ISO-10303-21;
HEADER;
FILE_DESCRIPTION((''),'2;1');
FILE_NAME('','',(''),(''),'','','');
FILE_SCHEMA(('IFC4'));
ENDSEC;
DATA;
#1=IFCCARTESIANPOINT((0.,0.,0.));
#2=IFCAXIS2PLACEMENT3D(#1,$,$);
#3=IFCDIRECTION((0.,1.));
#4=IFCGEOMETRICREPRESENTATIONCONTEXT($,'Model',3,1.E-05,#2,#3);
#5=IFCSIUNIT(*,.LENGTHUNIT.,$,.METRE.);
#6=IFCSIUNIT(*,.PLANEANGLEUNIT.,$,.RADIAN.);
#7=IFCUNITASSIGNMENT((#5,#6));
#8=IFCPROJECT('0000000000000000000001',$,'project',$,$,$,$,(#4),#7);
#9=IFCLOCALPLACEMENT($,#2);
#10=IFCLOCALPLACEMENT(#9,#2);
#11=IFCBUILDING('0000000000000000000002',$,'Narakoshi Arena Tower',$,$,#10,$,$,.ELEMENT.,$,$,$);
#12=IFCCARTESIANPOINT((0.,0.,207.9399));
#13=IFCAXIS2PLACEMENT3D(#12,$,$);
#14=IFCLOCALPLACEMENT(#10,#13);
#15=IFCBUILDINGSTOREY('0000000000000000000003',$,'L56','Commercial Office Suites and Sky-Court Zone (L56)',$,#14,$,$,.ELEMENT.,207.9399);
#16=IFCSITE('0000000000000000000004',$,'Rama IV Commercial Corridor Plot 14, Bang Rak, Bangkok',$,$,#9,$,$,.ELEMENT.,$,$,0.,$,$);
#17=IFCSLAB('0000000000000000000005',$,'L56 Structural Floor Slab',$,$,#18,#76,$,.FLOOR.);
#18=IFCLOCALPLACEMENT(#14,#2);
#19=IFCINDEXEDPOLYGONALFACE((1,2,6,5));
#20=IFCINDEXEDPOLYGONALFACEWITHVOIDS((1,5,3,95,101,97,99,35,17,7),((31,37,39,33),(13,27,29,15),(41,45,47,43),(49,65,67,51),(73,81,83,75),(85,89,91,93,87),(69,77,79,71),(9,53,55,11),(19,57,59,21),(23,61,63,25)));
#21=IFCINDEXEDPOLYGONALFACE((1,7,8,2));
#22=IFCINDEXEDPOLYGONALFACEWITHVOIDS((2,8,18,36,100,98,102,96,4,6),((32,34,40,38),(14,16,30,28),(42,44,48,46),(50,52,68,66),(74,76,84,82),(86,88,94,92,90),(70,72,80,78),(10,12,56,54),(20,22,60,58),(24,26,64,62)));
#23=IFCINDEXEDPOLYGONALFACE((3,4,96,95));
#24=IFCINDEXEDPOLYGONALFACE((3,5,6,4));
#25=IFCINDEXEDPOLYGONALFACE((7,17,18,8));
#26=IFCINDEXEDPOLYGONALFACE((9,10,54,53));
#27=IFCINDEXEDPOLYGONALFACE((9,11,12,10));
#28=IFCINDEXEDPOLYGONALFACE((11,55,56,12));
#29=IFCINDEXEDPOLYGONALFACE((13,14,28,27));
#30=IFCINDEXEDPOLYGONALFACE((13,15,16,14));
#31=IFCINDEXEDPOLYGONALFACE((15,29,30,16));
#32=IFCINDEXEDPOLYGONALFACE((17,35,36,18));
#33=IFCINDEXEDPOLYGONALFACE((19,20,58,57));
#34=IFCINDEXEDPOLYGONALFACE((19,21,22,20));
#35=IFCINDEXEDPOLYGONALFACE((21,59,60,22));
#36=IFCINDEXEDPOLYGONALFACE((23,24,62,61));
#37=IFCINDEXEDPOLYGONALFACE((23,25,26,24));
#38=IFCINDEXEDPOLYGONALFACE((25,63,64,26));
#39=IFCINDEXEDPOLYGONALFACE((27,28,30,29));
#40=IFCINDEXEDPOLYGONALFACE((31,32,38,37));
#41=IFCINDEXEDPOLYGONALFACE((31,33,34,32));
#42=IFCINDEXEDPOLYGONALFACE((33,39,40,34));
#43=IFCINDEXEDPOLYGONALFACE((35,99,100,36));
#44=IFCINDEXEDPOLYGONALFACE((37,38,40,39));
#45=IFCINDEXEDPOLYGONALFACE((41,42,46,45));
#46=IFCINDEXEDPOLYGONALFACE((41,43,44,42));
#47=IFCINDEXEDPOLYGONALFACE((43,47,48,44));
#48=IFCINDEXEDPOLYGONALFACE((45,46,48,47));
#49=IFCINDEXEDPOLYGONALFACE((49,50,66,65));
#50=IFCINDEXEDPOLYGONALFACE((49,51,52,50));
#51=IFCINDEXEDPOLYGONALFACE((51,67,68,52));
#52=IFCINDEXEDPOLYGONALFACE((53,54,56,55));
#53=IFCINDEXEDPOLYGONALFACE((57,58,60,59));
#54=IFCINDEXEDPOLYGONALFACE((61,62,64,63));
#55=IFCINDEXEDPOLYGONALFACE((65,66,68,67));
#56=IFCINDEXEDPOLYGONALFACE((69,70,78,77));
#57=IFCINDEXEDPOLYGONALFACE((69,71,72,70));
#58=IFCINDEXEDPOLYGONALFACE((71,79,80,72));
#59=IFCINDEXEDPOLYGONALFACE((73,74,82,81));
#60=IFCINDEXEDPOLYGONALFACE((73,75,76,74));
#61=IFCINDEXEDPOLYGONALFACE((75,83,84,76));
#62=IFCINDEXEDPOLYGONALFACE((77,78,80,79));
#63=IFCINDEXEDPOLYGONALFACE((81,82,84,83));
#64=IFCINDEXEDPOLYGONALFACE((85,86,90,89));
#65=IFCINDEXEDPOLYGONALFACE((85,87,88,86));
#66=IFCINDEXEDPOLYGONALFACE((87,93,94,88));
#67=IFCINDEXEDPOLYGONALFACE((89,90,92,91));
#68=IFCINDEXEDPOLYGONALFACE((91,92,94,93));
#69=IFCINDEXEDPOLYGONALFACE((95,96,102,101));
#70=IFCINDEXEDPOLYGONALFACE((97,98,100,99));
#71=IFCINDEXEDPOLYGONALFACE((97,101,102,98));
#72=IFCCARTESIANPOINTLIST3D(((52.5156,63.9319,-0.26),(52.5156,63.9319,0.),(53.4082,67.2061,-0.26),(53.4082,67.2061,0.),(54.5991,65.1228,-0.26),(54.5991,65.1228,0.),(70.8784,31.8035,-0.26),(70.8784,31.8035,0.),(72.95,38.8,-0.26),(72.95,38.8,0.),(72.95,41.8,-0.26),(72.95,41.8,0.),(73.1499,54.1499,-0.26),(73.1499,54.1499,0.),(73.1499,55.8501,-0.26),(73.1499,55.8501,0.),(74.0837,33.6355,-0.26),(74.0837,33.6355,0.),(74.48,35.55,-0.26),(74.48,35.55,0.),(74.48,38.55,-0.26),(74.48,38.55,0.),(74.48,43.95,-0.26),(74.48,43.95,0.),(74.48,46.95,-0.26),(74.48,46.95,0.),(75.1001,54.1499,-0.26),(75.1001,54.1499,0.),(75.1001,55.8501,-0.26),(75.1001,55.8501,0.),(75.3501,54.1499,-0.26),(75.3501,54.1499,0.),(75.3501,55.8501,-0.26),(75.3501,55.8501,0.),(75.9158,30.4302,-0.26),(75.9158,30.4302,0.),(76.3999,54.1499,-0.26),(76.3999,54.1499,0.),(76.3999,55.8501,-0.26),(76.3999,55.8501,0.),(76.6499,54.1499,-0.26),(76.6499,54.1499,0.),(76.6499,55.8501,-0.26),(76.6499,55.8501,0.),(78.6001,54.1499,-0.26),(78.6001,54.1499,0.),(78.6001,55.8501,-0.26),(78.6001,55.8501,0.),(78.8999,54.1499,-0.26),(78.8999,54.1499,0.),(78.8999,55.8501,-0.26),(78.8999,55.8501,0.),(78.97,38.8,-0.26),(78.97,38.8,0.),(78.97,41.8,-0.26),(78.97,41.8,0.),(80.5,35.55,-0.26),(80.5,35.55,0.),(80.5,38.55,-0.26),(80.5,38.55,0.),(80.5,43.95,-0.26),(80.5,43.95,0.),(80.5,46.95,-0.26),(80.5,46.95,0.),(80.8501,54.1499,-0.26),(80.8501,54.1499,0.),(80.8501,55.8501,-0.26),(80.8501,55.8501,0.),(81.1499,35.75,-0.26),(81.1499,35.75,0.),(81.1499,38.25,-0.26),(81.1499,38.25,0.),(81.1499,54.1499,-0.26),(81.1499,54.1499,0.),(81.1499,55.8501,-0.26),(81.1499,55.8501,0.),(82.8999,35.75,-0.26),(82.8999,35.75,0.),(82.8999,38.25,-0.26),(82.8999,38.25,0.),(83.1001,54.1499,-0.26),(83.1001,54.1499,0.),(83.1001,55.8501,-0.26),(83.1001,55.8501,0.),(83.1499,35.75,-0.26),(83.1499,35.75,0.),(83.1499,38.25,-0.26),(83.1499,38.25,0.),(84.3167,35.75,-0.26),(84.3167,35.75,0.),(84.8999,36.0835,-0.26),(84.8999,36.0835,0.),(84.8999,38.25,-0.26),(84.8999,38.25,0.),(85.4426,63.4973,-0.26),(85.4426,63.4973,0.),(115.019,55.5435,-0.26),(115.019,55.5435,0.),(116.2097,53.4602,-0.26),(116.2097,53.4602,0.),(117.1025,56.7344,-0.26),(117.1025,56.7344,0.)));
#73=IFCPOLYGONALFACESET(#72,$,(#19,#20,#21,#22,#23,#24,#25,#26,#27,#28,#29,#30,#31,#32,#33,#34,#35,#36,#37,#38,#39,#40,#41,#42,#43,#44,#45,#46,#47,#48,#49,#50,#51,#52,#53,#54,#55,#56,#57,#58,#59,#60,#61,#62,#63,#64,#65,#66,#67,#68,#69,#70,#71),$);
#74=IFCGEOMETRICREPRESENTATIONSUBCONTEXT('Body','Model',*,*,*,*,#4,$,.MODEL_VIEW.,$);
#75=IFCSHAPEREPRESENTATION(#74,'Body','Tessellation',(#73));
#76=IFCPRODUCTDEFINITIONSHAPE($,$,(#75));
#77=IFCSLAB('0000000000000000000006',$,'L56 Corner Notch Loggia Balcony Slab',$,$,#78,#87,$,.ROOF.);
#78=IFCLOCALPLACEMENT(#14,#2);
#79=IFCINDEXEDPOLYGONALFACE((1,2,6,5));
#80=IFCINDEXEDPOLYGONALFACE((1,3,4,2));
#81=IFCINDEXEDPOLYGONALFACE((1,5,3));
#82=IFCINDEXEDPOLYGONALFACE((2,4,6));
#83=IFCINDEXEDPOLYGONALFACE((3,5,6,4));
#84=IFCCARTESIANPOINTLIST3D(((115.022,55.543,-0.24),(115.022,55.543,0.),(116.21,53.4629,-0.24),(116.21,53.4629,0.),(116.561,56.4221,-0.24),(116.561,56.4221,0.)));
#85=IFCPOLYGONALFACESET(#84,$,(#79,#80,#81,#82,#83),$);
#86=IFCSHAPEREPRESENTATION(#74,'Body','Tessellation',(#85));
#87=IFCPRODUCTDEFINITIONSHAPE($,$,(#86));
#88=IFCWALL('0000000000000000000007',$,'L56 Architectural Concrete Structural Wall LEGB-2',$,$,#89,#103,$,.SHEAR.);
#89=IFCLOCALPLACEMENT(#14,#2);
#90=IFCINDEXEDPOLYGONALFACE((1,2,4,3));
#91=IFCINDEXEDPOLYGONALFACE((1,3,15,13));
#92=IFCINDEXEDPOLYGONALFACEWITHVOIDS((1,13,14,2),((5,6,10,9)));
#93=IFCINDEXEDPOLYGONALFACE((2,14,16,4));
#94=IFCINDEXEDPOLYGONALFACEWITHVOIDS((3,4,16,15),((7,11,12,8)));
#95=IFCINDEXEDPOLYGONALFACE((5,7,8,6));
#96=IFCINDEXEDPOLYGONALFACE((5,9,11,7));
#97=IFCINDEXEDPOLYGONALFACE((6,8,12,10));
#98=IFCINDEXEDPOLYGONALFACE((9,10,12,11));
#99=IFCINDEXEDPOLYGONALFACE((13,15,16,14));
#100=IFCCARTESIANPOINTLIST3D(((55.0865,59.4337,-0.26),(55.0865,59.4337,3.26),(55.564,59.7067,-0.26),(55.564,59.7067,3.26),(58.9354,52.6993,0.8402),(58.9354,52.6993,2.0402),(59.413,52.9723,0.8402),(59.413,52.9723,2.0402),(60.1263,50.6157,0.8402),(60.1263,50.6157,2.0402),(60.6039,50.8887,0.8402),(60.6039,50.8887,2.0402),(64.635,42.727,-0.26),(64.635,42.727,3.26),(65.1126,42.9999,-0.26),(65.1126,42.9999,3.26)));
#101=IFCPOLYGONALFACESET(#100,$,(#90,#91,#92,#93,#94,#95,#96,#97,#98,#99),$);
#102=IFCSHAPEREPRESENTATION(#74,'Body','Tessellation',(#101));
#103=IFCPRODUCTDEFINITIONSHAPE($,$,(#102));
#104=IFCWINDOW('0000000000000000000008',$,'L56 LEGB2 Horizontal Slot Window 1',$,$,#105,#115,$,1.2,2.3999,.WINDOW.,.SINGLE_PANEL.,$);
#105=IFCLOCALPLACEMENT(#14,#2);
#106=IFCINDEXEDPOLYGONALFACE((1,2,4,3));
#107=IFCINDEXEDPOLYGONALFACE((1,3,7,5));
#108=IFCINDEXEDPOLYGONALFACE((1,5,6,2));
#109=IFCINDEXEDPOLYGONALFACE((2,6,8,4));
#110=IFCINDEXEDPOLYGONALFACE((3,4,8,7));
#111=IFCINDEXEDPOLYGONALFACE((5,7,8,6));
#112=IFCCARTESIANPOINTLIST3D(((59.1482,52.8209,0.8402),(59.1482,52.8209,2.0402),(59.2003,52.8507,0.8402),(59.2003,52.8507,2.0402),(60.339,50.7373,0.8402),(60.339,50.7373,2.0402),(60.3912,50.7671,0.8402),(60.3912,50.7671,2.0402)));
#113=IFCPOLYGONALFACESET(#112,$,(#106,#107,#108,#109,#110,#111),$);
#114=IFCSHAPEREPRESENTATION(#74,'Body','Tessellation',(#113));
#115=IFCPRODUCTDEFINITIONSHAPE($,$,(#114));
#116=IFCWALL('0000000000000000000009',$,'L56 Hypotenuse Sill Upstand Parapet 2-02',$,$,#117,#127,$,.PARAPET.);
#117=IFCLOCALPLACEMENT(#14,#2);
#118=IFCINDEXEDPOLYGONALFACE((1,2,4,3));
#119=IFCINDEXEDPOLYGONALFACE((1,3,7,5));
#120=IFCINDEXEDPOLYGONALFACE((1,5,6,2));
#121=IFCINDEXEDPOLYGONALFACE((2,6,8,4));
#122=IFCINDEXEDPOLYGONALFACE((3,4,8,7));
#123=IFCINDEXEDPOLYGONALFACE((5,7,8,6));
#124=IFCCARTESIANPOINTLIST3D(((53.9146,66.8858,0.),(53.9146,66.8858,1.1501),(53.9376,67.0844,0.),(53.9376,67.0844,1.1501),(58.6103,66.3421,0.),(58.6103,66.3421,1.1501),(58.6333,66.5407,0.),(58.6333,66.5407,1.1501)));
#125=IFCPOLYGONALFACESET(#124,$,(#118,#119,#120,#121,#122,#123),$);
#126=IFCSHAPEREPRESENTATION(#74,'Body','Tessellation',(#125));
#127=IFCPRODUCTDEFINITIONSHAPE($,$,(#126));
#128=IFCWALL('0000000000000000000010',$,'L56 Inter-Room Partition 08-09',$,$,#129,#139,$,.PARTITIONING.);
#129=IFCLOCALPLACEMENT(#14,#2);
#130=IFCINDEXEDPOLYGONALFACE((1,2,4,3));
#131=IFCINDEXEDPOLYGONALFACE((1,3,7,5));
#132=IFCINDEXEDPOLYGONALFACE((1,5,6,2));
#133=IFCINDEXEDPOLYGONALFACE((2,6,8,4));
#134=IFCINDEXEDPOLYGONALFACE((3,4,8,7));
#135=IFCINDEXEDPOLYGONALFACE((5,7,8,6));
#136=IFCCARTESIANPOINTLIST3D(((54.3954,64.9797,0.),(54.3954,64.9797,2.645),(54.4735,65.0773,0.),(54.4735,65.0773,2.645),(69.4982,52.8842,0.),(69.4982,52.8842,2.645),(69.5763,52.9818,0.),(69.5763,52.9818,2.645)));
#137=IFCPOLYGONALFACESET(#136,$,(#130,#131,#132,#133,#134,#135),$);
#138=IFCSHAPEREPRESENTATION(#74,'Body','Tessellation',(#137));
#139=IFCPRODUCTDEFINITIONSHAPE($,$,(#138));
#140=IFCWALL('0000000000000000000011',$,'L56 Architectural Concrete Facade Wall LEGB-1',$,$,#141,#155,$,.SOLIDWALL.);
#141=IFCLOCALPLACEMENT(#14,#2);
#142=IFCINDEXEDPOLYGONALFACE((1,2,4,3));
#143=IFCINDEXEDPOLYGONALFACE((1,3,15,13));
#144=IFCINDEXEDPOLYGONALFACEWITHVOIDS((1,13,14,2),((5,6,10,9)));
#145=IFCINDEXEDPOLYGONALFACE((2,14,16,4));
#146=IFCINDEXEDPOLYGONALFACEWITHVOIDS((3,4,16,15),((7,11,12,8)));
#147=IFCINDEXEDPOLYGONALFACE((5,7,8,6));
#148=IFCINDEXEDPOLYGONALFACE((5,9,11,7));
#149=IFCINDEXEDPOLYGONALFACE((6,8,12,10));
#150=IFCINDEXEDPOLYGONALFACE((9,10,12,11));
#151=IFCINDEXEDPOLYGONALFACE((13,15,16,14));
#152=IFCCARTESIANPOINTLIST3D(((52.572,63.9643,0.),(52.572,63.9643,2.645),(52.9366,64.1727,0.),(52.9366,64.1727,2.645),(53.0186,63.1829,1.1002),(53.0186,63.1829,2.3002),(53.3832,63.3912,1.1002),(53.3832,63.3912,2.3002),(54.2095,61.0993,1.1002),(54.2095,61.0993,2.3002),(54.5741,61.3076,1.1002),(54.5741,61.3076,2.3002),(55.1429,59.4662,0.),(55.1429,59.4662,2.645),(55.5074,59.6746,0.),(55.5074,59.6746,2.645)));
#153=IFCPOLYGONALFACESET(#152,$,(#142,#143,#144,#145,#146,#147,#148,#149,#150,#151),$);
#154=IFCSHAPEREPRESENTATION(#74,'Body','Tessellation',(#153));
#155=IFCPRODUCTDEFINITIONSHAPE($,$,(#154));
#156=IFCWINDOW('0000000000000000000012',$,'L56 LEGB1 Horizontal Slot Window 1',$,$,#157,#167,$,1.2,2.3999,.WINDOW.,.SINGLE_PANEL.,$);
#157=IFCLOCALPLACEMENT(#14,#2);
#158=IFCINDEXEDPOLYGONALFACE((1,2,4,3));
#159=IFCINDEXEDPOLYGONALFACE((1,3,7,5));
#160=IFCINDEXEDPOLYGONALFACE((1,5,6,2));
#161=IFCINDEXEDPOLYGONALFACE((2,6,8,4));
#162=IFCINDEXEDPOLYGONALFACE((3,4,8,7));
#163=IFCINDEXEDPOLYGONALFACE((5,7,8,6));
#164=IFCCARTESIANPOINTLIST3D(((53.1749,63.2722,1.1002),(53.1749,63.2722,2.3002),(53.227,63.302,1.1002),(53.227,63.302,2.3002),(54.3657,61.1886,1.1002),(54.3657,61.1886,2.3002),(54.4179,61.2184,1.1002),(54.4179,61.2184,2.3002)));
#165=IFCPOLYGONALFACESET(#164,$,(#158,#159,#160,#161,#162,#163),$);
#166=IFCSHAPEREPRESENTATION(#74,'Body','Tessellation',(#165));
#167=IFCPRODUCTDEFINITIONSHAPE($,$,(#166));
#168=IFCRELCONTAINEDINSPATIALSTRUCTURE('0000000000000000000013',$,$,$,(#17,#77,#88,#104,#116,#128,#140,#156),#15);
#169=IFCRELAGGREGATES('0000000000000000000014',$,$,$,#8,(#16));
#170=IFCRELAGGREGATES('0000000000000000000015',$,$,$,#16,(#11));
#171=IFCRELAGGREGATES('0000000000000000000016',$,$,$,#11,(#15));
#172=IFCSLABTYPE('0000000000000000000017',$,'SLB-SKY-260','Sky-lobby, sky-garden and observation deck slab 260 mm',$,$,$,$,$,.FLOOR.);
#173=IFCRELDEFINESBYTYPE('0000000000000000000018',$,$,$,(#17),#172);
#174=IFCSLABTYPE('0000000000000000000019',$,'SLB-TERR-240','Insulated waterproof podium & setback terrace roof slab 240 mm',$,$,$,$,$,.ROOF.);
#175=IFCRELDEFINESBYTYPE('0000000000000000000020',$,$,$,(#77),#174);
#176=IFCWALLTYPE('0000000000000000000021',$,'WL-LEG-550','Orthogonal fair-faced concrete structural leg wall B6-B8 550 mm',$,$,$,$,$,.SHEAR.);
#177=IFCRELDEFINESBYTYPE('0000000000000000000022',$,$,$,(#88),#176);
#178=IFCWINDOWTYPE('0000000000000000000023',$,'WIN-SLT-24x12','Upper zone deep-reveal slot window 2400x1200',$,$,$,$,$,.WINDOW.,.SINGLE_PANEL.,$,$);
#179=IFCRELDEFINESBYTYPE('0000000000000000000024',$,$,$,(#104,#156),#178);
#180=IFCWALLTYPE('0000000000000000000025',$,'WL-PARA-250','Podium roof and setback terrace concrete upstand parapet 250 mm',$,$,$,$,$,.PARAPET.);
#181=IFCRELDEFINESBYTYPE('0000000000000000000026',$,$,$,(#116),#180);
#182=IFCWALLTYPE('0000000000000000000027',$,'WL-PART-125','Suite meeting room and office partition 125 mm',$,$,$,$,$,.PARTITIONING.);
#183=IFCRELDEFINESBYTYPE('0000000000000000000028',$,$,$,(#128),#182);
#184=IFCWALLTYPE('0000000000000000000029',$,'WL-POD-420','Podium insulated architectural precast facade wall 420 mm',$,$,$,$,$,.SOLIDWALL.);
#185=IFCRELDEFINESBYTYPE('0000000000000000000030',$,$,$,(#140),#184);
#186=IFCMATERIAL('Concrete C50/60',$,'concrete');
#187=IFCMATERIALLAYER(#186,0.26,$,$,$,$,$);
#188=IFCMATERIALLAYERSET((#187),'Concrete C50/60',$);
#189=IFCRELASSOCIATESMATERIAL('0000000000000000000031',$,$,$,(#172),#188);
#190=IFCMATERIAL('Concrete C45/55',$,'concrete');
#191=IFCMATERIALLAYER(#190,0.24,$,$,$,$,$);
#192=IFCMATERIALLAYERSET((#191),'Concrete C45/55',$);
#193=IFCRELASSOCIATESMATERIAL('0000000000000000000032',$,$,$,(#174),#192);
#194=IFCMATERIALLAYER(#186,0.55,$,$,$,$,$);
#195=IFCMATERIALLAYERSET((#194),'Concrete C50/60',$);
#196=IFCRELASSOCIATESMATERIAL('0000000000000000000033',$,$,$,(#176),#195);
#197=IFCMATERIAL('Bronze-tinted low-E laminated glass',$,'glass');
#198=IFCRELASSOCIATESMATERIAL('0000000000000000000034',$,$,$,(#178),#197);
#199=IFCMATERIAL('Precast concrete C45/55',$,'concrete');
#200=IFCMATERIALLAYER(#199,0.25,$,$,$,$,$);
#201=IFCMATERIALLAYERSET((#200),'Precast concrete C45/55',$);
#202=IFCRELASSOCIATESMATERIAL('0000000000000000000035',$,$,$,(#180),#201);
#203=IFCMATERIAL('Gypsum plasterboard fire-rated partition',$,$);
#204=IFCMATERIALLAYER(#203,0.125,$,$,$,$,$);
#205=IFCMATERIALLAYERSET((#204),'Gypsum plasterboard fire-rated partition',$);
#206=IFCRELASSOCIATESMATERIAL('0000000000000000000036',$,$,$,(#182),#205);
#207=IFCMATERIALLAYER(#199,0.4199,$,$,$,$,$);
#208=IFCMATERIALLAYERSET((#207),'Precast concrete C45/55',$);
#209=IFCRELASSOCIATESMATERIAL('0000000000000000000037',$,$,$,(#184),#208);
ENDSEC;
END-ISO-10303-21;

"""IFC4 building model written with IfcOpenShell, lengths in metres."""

from ifc_helpers import new_model, si_unit, direction, frame, frame_2d, origin, place, context, subcontext, project, spatial, polyline, rectangle, outline, extrude, material, layer, layer_set, type_object, element, fill, save


model = new_model("IFC4")

# Units and contexts
model_context = context("Model", 3, precision=1e-05, world=origin(), true_north=direction((0.0, 1.0)))
body_context = subcontext(model_context, "Body", "Model", "MODEL_VIEW")
ifc_project = project(units=[si_unit("LENGTHUNIT", "METRE"), si_unit("PLANEANGLEUNIT", "RADIAN")], contexts=[model_context])

# Site, building, storey
site_placement = place(None, origin())
site = spatial("IfcSite", under=ifc_project, at=site_placement, Name="Rama IV Commercial Corridor Plot 14, Bang Rak, Bangkok", CompositionType="ELEMENT", RefElevation=0.0)
building_placement = place(site_placement, origin())
building = spatial("IfcBuilding", under=site, at=building_placement, Name="Narakoshi Arena Tower", CompositionType="ELEMENT")
storey_placement = place(building_placement, frame((0.0, 0.0, 207.9399)))
storey = spatial("IfcBuildingStorey", under=building, at=storey_placement, Name="L56", Description="Commercial Office Suites and Sky-Court Zone (L56)", CompositionType="ELEMENT", Elevation=207.9399)

# Shared definitions
ifc_material_1 = material(Name="Concrete C50/60", Category="concrete")

# Shared definitions
ifc_material_2 = material(Name="Bronze-tinted low-E laminated glass", Category="glass")

# Shared definitions
ifc_material_3 = material(Name="Concrete C45/55", Category="concrete")

# Slabs
ifc_layer_1 = layer(ifc_material_1, 0.26)
ifc_layer_set_1 = layer_set([ifc_layer_1], Name="Concrete C50/60")
slab_type_1 = type_object("IfcSlabType", Name="SLB-SKY-260", Description="Sky-lobby, sky-garden and observation deck slab 260 mm", PredefinedType="FLOOR", material=ifc_layer_set_1)
slab_1_placement = place(storey_placement, frame((0.0, 0.0, -0.26)))
element("IfcSlab", 1, at=slab_1_placement, inside=storey, type_object=slab_type_1, Name="L56 Structural Floor Slab", PredefinedType="FLOOR", context=body_context, shape_type="SweptSolid", body=[
    extrude(outline(polyline([(75.9158, 30.4302), (116.2097, 53.4602), (115.019, 55.5435), (117.1025, 56.7344), (85.4426, 63.4973), (53.4082, 67.2061), (54.5991, 65.1228), (52.5156, 63.9319), (70.8784, 31.8035), (74.0837, 33.6355), (75.9158, 30.4302)]), holes=[polyline([(80.5, 35.55), (74.48, 35.55), (74.48, 38.55), (80.5, 38.55), (80.5, 35.55)]), polyline([(82.8999, 35.75), (81.1499, 35.75), (81.1499, 38.25), (82.8999, 38.25), (82.8999, 35.75)]), polyline([(84.8999, 36.0835), (84.3167, 35.75), (83.1499, 35.75), (83.1499, 38.25), (84.8999, 38.25), (84.8999, 36.0835)]), polyline([(72.95, 38.8), (72.95, 41.8), (78.97, 41.8), (78.97, 38.8), (72.95, 38.8)]), polyline([(74.48, 43.95), (74.48, 46.95), (80.5, 46.95), (80.5, 43.95), (74.48, 43.95)]), polyline([(75.1001, 54.1499), (73.1499, 54.1499), (73.1499, 55.8501), (75.1001, 55.8501), (75.1001, 54.1499)]), polyline([(76.3999, 54.1499), (75.3501, 54.1499), (75.3501, 55.8501), (76.3999, 55.8501), (76.3999, 54.1499)]), polyline([(78.6001, 54.1499), (76.6499, 54.1499), (76.6499, 55.8501), (78.6001, 55.8501), (78.6001, 54.1499)]), polyline([(78.8999, 54.1499), (78.8999, 55.8501), (80.8501, 55.8501), (80.8501, 54.1499), (78.8999, 54.1499)]), polyline([(81.1499, 54.1499), (81.1499, 55.8501), (83.1001, 55.8501), (83.1001, 54.1499), (81.1499, 54.1499)])]), origin(), (0.0, 0.0, 1.0), 0.26),
])
ifc_layer_2 = layer(ifc_material_3, 0.24)
ifc_layer_set_2 = layer_set([ifc_layer_2], Name="Concrete C45/55")
slab_type_2 = type_object("IfcSlabType", Name="SLB-TERR-240", Description="Insulated waterproof podium & setback terrace roof slab 240 mm", PredefinedType="ROOF", material=ifc_layer_set_2)
slab_2_placement = place(storey_placement, frame((0.0, 0.0, -0.24)))
element("IfcSlab", 2, at=slab_2_placement, inside=storey, type_object=slab_type_2, Name="L56 Corner Notch Loggia Balcony Slab", PredefinedType="ROOF", context=body_context, shape_type="SweptSolid", body=[
    extrude(outline(polyline([(116.561, 56.4221), (115.022, 55.543), (116.21, 53.4629), (116.561, 56.4221)])), origin(), (0.0, 0.0, 1.0), 0.24),
])

# Wall, opening, window
ifc_layer_3 = layer(ifc_material_1, 0.55)
ifc_layer_set_3 = layer_set([ifc_layer_3], Name="Concrete C50/60")
wall_type_1 = type_object("IfcWallType", Name="WL-LEG-550", Description="Orthogonal fair-faced concrete structural leg wall B6-B8 550 mm", PredefinedType="SHEAR", material=ifc_layer_set_3)
wall_1_placement = place(storey_placement, frame((55.3252, 59.5703, -0.26), z_axis=(0.0, 0.0, 1.0), x_axis=(0.496211, -0.868202, 0.0)))
wall_1 = element("IfcWall", 3, at=wall_1_placement, inside=storey, type_object=wall_type_1, Name="L56 Architectural Concrete Structural Wall LEGB-2", PredefinedType="SHEAR", context=body_context, shape_type="SweptSolid", body=[
    extrude(rectangle(XDim=19.2429, YDim=0.55, at=frame_2d((9.6216, 0.0))), origin(), (0.0, 0.0, 1.0), 3.52),
])
opening_1_placement = place(wall_1_placement, frame((7.7568, 0.0, 1.1001)))
opening_1 = element("IfcOpeningElement", 4, at=opening_1_placement, cuts=wall_1, PredefinedType="OPENING", context=body_context, shape_type="SweptSolid", body=[
    extrude(rectangle(XDim=2.3999, YDim=1.2, at=frame_2d((1.2, 0.6001))), frame((0.0, 0.2849, 0.0), z_axis=(0.0, -1.0, 0.0), x_axis=(1.0, 0.0, 0.0)), (0.0, 0.0, 1.0), 0.5701),
])
window_type_1 = type_object("IfcWindowType", Name="WIN-SLT-24x12", Description="Upper zone deep-reveal slot window 2400x1200", PartitioningType="SINGLE_PANEL", PredefinedType="WINDOW", material=ifc_material_2)
window_1_placement = place(opening_1_placement, origin())
window_1 = element("IfcWindow", 5, at=window_1_placement, inside=storey, type_object=window_type_1, Name="L56 LEGB2 Horizontal Slot Window 1", OverallHeight=1.2, OverallWidth=2.3999, PartitioningType="SINGLE_PANEL", PredefinedType="WINDOW", context=body_context, shape_type="SweptSolid", body=[
    extrude(rectangle(XDim=2.3999, YDim=1.2, at=frame_2d((1.2, 0.6001))), frame((0.0, 0.03, 0.0), z_axis=(0.0, -1.0, 0.0), x_axis=(1.0, 0.0, 0.0)), (0.0, 0.0, 1.0), 0.0601),
])
fill(opening_1, window_1)

# Walls
ifc_material_4 = material(Name="Precast concrete C45/55", Category="concrete")
ifc_layer_4 = layer(ifc_material_4, 0.25)
ifc_layer_set_4 = layer_set([ifc_layer_4], Name="Precast concrete C45/55")
wall_type_2 = type_object("IfcWallType", Name="WL-PARA-250", Description="Podium roof and setback terrace concrete upstand parapet 250 mm", PredefinedType="PARAPET", material=ifc_layer_set_4)
wall_2_placement = place(storey_placement, frame((58.6218, 66.4414, 0.0), z_axis=(0.0, 0.0, 1.0), x_axis=(-0.993363, 0.115022, 0.0)))
element("IfcWall", 6, at=wall_2_placement, inside=storey, type_object=wall_type_2, Name="L56 Hypotenuse Sill Upstand Parapet 2-02", PredefinedType="PARAPET", context=body_context, shape_type="SweptSolid", body=[
    extrude(rectangle(XDim=4.7271, YDim=0.2, at=frame_2d((2.3635, 0.0))), origin(), (0.0, 0.0, 1.0), 1.1501),
])
ifc_material_5 = material(Name="Gypsum plasterboard fire-rated partition")
ifc_layer_5 = layer(ifc_material_5, 0.125)
ifc_layer_set_5 = layer_set([ifc_layer_5], Name="Gypsum plasterboard fire-rated partition")
wall_type_3 = type_object("IfcWallType", Name="WL-PART-125", Description="Suite meeting room and office partition 125 mm", PredefinedType="PARTITIONING", material=ifc_layer_set_5)
wall_3_placement = place(storey_placement, frame((54.4343, 65.0286, 0.0), z_axis=(0.0, 0.0, 1.0), x_axis=(0.780535, -0.625112, 0.0)))
element("IfcWall", 7, at=wall_3_placement, inside=storey, type_object=wall_type_3, Name="L56 Inter-Room Partition 08-09", PredefinedType="PARTITIONING", context=body_context, shape_type="SweptSolid", body=[
    extrude(rectangle(XDim=19.3494, YDim=0.125, at=frame_2d((9.6748, 0.0))), origin(), (0.0, 0.0, 1.0), 2.645),
])

# Wall, opening, window
ifc_layer_6 = layer(ifc_material_4, 0.4199)
ifc_layer_set_6 = layer_set([ifc_layer_6], Name="Precast concrete C45/55")
wall_type_4 = type_object("IfcWallType", Name="WL-POD-420", Description="Podium insulated architectural precast facade wall 420 mm", PredefinedType="SOLIDWALL", material=ifc_layer_set_6)
wall_4_placement = place(storey_placement, frame((52.7544, 64.0684, 0.0), z_axis=(0.0, 0.0, 1.0), x_axis=(0.49621, -0.868203, 0.0)))
wall_4 = element("IfcWall", 8, at=wall_4_placement, inside=storey, type_object=wall_type_4, Name="L56 Architectural Concrete Facade Wall LEGB-1", PredefinedType="SOLIDWALL", context=body_context, shape_type="SweptSolid", body=[
    extrude(rectangle(XDim=5.1809, YDim=0.4199, at=frame_2d((2.5903, 0.0))), origin(), (0.0, 0.0, 1.0), 2.645),
])
opening_2_placement = place(wall_4_placement, frame((0.8999, 0.0, 1.1001)))
opening_2 = element("IfcOpeningElement", 9, at=opening_2_placement, cuts=wall_4, PredefinedType="OPENING", context=body_context, shape_type="SweptSolid", body=[
    extrude(rectangle(XDim=2.3999, YDim=1.2, at=frame_2d((1.2, 0.6001))), frame((0.0, 0.22, 0.0), z_axis=(0.0, -1.0, 0.0), x_axis=(1.0, 0.0, 0.0)), (0.0, 0.0, 1.0), 0.4399),
])
window_2_placement = place(opening_2_placement, origin())
window_2 = element("IfcWindow", 10, at=window_2_placement, inside=storey, type_object=window_type_1, Name="L56 LEGB1 Horizontal Slot Window 1", OverallHeight=1.2, OverallWidth=2.3999, PartitioningType="SINGLE_PANEL", PredefinedType="WINDOW", context=body_context, shape_type="SweptSolid", body=[
    extrude(rectangle(XDim=2.3999, YDim=1.2, at=frame_2d((1.2, 0.6001))), frame((0.0, 0.03, 0.0), z_axis=(0.0, -1.0, 0.0), x_axis=(1.0, 0.0, 0.0)), (0.0, 0.0, 1.0), 0.0601),
])
fill(opening_2, window_2)

save(model, "model.ifc")
